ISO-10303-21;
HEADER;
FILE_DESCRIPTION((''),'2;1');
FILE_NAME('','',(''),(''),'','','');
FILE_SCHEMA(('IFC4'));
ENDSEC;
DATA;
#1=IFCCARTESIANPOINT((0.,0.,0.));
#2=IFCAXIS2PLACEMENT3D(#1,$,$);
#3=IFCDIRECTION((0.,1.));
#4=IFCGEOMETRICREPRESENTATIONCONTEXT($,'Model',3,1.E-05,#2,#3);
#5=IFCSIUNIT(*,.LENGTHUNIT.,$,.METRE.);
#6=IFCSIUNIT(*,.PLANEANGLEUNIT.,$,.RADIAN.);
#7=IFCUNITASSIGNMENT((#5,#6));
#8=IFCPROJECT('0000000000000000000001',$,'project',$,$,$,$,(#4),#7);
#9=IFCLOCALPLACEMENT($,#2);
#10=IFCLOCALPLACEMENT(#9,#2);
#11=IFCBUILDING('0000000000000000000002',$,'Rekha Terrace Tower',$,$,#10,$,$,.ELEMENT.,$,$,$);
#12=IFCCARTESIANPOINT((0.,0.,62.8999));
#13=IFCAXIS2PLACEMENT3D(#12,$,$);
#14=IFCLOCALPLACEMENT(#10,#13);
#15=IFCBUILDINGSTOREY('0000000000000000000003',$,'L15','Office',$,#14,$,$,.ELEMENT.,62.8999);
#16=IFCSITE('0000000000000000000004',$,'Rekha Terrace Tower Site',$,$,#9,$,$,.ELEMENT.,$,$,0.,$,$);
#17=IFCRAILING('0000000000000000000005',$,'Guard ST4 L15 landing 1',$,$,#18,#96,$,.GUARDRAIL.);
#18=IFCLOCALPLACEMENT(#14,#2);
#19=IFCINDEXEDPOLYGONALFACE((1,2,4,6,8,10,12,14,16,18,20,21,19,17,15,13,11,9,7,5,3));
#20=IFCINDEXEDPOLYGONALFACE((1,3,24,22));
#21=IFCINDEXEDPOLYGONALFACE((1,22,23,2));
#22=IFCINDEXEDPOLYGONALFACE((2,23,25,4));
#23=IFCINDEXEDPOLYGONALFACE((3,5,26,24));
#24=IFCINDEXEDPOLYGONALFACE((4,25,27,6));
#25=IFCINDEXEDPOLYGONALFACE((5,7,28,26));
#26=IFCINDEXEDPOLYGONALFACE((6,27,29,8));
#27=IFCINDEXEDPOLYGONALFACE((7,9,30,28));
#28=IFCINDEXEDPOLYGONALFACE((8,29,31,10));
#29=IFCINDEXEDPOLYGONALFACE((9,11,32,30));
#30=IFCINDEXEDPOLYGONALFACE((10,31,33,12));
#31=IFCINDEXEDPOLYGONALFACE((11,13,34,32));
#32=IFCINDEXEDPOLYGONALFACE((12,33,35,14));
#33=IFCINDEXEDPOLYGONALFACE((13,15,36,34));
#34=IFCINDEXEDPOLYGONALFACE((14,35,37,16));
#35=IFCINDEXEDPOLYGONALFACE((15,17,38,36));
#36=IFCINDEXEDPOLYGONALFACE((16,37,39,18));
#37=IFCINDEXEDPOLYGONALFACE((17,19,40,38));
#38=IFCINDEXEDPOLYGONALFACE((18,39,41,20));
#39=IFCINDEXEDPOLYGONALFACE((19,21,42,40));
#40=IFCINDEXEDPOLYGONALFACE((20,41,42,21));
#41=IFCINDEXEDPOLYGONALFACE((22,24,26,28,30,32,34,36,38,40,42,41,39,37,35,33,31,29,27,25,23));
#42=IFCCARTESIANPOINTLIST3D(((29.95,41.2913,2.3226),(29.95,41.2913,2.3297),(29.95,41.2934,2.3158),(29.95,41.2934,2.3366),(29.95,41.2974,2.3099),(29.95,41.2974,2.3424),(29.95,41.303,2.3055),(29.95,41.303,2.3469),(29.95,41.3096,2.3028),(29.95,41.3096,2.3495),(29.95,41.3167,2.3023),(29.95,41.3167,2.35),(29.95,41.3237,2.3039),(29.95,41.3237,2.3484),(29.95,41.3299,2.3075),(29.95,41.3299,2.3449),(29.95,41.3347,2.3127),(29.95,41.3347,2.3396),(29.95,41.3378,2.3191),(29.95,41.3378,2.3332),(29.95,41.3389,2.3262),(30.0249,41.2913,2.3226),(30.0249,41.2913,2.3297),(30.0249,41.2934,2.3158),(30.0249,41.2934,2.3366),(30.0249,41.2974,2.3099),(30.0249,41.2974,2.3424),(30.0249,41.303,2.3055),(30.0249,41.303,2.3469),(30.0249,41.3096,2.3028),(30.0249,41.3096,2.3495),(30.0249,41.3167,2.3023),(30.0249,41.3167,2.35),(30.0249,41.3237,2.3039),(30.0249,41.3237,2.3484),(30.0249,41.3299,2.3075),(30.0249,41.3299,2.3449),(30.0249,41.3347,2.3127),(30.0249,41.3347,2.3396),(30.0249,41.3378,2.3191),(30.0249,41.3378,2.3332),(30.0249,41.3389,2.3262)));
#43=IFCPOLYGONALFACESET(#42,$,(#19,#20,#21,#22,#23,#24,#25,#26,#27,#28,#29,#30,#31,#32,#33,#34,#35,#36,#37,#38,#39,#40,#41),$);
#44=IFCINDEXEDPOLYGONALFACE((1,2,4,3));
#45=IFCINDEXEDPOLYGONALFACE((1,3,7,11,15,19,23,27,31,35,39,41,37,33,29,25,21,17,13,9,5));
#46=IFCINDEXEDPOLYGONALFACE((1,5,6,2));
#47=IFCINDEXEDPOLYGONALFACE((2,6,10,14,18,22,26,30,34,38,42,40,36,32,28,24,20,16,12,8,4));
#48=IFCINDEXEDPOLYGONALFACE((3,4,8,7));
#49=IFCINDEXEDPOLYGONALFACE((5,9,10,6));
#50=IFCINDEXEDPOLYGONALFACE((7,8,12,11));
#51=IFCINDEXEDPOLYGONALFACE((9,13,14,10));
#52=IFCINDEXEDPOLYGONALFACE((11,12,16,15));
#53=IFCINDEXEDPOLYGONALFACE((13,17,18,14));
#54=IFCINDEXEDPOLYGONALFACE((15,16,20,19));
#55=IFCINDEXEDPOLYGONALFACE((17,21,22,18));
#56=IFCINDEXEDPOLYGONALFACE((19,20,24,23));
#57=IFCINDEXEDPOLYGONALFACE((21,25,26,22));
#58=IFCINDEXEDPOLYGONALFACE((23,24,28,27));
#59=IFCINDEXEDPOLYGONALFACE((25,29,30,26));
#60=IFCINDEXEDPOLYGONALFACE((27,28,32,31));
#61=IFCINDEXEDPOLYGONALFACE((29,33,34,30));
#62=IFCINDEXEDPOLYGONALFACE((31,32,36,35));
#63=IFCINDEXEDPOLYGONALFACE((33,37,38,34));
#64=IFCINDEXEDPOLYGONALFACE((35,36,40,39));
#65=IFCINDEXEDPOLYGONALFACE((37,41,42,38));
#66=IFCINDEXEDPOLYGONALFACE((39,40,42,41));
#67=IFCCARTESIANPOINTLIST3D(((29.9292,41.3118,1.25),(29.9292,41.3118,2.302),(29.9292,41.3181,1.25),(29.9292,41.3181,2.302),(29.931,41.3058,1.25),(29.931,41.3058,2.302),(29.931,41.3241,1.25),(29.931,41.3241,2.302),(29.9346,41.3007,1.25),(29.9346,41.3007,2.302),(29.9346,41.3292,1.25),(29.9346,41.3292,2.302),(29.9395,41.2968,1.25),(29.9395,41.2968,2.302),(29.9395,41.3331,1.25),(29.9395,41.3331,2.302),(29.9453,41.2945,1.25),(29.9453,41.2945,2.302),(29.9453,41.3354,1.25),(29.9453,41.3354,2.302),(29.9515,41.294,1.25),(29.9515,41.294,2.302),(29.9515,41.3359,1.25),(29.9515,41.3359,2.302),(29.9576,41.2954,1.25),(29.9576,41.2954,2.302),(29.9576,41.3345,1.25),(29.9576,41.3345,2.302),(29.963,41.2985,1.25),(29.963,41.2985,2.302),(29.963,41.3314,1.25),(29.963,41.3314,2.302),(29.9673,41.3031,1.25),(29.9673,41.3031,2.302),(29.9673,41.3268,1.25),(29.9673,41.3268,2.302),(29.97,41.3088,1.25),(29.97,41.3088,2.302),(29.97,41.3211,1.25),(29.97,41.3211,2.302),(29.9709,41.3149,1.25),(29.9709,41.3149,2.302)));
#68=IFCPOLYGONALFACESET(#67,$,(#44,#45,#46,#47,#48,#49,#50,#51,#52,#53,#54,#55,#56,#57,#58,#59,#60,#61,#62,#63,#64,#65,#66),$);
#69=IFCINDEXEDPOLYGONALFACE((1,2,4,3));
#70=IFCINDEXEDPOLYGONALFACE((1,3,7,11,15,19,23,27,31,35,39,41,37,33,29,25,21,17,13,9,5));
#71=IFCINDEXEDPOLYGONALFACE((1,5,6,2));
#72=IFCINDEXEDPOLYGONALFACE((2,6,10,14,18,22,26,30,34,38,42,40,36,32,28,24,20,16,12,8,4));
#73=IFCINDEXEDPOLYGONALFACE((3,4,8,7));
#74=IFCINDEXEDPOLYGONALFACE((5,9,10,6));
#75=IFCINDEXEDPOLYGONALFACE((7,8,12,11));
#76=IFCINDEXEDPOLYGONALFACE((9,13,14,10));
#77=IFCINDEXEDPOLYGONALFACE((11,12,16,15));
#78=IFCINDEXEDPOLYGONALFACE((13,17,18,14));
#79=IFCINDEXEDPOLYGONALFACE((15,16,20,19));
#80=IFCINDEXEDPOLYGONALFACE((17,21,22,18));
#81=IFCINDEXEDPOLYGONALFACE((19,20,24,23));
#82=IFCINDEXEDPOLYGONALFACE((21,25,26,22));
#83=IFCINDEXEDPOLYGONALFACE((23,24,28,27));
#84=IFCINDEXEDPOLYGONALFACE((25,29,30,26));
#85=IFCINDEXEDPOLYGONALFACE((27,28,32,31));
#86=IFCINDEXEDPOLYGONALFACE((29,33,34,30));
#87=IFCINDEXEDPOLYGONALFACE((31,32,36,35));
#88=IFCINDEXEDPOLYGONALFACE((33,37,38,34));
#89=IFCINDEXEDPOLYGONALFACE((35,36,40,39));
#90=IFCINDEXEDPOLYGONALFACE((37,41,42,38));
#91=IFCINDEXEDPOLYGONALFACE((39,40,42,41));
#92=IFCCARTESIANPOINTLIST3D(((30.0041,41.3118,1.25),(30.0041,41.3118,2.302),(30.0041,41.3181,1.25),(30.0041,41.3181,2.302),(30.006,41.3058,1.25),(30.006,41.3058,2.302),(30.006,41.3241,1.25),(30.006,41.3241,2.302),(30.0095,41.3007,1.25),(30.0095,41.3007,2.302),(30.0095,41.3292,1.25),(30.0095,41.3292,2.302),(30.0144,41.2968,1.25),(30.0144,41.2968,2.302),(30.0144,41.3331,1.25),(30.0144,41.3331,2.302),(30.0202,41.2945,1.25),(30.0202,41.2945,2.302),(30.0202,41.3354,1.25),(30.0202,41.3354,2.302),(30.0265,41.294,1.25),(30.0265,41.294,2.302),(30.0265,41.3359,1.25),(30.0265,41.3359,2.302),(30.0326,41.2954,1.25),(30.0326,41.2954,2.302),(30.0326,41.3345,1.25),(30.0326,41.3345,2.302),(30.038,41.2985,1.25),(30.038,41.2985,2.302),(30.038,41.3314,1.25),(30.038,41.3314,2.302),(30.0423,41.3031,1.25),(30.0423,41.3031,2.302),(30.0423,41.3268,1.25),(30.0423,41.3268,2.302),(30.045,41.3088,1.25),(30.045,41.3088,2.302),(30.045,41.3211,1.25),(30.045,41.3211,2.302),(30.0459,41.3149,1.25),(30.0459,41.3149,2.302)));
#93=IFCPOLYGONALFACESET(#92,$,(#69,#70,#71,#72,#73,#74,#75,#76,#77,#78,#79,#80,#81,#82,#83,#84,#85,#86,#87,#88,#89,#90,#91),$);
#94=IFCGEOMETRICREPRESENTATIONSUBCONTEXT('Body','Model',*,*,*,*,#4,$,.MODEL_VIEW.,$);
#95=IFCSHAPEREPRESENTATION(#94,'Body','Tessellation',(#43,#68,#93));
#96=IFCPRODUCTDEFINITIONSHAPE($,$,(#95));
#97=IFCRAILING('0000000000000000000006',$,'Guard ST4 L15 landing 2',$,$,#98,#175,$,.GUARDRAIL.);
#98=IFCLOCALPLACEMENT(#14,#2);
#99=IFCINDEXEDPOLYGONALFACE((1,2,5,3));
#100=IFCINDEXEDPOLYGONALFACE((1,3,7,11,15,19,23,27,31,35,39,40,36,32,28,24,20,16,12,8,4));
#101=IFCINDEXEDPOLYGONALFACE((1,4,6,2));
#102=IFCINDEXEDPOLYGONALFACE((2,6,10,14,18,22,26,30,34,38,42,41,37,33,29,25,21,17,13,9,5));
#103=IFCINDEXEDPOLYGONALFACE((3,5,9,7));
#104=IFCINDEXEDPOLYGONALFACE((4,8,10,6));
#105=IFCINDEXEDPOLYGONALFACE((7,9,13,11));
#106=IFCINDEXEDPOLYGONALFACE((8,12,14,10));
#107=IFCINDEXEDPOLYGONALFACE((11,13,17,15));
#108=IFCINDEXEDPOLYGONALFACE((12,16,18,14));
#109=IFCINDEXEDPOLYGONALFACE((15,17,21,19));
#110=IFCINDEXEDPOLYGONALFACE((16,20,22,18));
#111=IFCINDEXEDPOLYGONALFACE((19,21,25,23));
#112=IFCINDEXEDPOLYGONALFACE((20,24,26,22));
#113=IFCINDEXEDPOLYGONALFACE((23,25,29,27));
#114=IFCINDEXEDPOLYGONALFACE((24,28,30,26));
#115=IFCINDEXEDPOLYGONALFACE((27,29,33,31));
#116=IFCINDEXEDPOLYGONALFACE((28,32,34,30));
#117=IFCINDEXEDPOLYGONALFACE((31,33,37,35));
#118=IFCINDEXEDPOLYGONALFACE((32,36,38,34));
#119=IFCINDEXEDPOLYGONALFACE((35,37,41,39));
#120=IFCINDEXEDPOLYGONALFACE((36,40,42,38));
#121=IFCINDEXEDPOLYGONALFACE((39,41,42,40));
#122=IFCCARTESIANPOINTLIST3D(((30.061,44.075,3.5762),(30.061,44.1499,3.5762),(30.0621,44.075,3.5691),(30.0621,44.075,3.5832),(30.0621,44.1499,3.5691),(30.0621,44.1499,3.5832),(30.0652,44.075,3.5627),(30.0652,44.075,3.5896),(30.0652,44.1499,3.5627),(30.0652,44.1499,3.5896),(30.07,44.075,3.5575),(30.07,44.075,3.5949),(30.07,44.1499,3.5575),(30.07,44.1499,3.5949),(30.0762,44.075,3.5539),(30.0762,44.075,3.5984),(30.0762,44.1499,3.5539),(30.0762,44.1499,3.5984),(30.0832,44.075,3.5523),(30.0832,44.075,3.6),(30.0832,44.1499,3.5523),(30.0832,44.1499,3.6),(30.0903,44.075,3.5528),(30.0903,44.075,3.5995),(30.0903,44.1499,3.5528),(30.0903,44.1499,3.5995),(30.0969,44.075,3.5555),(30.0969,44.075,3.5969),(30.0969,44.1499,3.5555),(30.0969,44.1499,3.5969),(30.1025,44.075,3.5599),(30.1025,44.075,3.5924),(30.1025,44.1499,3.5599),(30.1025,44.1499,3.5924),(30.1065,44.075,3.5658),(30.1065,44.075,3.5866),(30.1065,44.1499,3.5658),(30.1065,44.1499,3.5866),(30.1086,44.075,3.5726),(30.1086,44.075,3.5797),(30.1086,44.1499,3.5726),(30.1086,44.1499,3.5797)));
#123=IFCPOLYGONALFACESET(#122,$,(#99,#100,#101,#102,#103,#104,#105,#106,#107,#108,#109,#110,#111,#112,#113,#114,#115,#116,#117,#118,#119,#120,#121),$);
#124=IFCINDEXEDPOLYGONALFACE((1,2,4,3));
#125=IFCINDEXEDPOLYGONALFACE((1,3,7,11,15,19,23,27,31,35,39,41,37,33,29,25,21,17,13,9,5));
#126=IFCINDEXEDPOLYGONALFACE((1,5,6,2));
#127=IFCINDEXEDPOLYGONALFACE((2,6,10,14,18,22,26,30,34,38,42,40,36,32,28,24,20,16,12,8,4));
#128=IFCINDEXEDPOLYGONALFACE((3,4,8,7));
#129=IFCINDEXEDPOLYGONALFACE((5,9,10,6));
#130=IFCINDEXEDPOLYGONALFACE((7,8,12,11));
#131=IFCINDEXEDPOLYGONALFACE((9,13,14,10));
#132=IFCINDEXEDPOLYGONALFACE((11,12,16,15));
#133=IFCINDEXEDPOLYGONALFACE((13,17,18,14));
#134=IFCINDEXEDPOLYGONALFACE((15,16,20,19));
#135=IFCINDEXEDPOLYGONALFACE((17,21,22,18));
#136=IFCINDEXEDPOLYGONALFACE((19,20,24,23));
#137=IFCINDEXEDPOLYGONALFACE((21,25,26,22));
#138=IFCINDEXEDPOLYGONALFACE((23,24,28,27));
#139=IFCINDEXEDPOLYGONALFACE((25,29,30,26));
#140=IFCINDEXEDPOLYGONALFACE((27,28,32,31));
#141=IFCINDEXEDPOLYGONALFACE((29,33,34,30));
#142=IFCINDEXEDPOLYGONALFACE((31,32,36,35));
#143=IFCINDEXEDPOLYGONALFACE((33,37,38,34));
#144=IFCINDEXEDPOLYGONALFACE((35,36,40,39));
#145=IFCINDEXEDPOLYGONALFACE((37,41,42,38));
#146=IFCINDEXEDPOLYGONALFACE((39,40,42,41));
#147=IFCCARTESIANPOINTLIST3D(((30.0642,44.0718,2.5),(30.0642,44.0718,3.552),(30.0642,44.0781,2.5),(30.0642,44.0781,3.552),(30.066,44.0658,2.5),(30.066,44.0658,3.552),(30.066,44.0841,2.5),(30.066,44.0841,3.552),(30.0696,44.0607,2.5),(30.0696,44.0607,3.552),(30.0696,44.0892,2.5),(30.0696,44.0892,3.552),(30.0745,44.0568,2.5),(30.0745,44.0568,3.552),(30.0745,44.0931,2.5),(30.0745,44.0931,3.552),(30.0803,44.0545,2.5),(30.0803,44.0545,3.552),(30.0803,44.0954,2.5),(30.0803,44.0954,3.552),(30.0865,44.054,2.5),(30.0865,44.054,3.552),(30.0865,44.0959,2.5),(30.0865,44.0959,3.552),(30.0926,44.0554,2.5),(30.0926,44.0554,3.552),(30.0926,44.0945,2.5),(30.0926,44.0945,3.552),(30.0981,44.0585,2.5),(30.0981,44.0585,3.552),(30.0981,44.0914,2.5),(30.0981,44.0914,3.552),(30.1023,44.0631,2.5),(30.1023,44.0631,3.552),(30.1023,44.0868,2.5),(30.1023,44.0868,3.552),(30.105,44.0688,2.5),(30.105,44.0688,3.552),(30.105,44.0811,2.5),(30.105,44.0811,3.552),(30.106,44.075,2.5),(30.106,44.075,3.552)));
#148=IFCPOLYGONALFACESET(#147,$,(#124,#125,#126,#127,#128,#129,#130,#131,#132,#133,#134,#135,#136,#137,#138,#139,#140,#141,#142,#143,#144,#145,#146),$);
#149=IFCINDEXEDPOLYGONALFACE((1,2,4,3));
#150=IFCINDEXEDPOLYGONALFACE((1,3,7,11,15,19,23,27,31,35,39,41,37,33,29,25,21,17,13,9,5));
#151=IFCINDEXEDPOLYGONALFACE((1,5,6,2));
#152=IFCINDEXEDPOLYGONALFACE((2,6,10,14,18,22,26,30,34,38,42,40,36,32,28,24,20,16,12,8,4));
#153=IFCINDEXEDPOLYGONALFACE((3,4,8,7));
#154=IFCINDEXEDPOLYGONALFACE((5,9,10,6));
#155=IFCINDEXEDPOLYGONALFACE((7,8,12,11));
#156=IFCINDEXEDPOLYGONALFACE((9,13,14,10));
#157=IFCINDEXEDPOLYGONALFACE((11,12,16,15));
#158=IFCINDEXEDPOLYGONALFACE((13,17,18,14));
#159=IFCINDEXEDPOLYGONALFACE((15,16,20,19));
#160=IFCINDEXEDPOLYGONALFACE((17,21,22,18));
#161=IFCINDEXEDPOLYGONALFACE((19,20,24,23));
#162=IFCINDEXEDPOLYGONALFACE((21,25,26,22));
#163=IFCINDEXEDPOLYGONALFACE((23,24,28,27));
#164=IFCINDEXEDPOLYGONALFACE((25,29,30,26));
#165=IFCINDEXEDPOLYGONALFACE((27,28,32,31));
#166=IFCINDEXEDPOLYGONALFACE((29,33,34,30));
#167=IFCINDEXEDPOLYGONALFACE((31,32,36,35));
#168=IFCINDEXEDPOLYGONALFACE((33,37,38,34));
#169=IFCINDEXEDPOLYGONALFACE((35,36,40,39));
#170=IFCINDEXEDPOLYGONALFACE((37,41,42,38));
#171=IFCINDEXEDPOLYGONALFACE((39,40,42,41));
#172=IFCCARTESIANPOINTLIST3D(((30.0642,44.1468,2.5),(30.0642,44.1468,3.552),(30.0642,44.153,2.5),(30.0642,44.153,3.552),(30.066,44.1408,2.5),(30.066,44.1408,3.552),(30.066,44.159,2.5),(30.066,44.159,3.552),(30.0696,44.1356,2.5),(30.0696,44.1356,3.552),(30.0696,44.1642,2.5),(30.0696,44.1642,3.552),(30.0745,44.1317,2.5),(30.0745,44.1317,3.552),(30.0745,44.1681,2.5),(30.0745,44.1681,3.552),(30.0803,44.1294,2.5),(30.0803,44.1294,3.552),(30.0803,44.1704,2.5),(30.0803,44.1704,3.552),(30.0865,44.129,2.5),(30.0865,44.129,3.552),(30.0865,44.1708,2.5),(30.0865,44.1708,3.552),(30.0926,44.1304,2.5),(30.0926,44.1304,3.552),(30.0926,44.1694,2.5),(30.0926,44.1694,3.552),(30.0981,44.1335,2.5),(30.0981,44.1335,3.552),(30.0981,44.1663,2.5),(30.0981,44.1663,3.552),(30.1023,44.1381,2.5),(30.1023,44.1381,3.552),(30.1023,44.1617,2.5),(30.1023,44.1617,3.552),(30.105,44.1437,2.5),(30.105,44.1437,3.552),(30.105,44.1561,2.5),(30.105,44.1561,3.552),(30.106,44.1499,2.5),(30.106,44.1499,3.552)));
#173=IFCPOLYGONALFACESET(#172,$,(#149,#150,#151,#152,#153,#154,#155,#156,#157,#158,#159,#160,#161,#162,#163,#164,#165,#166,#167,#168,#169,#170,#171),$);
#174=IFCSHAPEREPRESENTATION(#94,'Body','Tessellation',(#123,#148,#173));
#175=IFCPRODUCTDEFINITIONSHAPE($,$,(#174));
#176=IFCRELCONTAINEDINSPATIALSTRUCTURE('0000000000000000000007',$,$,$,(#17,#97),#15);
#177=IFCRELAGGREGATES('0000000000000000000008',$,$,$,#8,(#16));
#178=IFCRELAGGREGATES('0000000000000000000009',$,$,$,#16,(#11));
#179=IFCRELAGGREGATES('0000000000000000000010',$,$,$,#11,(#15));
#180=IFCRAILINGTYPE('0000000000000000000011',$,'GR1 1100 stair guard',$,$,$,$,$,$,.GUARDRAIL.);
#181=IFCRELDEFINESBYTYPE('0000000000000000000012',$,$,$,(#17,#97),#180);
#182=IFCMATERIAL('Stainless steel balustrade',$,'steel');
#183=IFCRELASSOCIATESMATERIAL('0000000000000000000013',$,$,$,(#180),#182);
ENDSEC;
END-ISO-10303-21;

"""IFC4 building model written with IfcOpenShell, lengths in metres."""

from ifc_helpers import new_model, si_unit, direction, frame, origin, origin_2d, place, context, subcontext, project, spatial, circle, extrude, material, type_object, element, save


model = new_model("IFC4")

# Units and contexts
model_context = context("Model", 3, precision=1e-05, world=origin(), true_north=direction((0.0, 1.0)))
body_context = subcontext(model_context, "Body", "Model", "MODEL_VIEW")
ifc_project = project(units=[si_unit("LENGTHUNIT", "METRE"), si_unit("PLANEANGLEUNIT", "RADIAN")], contexts=[model_context])

# Site, building, storey
site_placement = place(None, origin())
site = spatial("IfcSite", under=ifc_project, at=site_placement, Name="Rekha Terrace Tower Site", CompositionType="ELEMENT", RefElevation=0.0)
building_placement = place(site_placement, origin())
building = spatial("IfcBuilding", under=site, at=building_placement, Name="Rekha Terrace Tower", CompositionType="ELEMENT")
storey_placement = place(building_placement, frame((0.0, 0.0, 62.8999)))
storey = spatial("IfcBuildingStorey", under=building, at=storey_placement, Name="L15", Description="Office", CompositionType="ELEMENT", Elevation=62.8999)

# Railings
ifc_material_1 = material(Name="Stainless steel balustrade", Category="steel")
railing_type_1 = type_object("IfcRailingType", Name="GR1 1100 stair guard", PredefinedType="GUARDRAIL", material=ifc_material_1)
railing_1_placement = place(storey_placement, frame((29.95, 41.3149, 1.25)))
element("IfcRailing", 1, at=railing_1_placement, inside=storey, type_object=railing_type_1, Name="Guard ST4 L15 landing 1", PredefinedType="GUARDRAIL", context=body_context, shape_type="SweptSolid", body=[
    extrude(circle(Radius=0.0239, at=origin_2d()), frame((0.0, 0.0, 1.0762), z_axis=(1.0, 0.0, 0.0), x_axis=(0.0, 1.0, 0.0)), (0.0, 0.0, 1.0), 0.075),
    extrude(circle(Radius=0.021, at=origin_2d()), origin(), (0.0, 0.0, 1.0), 1.052),
    extrude(circle(Radius=0.021, at=origin_2d()), frame((0.075, 0.0, 0.0)), (0.0, 0.0, 1.0), 1.052),
])
railing_2_placement = place(storey_placement, frame((30.085, 44.075, 2.5)))
element("IfcRailing", 2, at=railing_2_placement, inside=storey, type_object=railing_type_1, Name="Guard ST4 L15 landing 2", PredefinedType="GUARDRAIL", context=body_context, shape_type="SweptSolid", body=[
    extrude(circle(Radius=0.0239, at=origin_2d()), frame((0.0, 0.0, 1.0762), z_axis=(0.0, 1.0, 0.0), x_axis=(-1.0, 0.0, 0.0)), (0.0, 0.0, 1.0), 0.075),
    extrude(circle(Radius=0.021, at=origin_2d()), origin(), (0.0, 0.0, 1.0), 1.052),
    extrude(circle(Radius=0.021, at=origin_2d()), frame((0.0, 0.075, 0.0)), (0.0, 0.0, 1.0), 1.052),
])

save(model, "model.ifc")
